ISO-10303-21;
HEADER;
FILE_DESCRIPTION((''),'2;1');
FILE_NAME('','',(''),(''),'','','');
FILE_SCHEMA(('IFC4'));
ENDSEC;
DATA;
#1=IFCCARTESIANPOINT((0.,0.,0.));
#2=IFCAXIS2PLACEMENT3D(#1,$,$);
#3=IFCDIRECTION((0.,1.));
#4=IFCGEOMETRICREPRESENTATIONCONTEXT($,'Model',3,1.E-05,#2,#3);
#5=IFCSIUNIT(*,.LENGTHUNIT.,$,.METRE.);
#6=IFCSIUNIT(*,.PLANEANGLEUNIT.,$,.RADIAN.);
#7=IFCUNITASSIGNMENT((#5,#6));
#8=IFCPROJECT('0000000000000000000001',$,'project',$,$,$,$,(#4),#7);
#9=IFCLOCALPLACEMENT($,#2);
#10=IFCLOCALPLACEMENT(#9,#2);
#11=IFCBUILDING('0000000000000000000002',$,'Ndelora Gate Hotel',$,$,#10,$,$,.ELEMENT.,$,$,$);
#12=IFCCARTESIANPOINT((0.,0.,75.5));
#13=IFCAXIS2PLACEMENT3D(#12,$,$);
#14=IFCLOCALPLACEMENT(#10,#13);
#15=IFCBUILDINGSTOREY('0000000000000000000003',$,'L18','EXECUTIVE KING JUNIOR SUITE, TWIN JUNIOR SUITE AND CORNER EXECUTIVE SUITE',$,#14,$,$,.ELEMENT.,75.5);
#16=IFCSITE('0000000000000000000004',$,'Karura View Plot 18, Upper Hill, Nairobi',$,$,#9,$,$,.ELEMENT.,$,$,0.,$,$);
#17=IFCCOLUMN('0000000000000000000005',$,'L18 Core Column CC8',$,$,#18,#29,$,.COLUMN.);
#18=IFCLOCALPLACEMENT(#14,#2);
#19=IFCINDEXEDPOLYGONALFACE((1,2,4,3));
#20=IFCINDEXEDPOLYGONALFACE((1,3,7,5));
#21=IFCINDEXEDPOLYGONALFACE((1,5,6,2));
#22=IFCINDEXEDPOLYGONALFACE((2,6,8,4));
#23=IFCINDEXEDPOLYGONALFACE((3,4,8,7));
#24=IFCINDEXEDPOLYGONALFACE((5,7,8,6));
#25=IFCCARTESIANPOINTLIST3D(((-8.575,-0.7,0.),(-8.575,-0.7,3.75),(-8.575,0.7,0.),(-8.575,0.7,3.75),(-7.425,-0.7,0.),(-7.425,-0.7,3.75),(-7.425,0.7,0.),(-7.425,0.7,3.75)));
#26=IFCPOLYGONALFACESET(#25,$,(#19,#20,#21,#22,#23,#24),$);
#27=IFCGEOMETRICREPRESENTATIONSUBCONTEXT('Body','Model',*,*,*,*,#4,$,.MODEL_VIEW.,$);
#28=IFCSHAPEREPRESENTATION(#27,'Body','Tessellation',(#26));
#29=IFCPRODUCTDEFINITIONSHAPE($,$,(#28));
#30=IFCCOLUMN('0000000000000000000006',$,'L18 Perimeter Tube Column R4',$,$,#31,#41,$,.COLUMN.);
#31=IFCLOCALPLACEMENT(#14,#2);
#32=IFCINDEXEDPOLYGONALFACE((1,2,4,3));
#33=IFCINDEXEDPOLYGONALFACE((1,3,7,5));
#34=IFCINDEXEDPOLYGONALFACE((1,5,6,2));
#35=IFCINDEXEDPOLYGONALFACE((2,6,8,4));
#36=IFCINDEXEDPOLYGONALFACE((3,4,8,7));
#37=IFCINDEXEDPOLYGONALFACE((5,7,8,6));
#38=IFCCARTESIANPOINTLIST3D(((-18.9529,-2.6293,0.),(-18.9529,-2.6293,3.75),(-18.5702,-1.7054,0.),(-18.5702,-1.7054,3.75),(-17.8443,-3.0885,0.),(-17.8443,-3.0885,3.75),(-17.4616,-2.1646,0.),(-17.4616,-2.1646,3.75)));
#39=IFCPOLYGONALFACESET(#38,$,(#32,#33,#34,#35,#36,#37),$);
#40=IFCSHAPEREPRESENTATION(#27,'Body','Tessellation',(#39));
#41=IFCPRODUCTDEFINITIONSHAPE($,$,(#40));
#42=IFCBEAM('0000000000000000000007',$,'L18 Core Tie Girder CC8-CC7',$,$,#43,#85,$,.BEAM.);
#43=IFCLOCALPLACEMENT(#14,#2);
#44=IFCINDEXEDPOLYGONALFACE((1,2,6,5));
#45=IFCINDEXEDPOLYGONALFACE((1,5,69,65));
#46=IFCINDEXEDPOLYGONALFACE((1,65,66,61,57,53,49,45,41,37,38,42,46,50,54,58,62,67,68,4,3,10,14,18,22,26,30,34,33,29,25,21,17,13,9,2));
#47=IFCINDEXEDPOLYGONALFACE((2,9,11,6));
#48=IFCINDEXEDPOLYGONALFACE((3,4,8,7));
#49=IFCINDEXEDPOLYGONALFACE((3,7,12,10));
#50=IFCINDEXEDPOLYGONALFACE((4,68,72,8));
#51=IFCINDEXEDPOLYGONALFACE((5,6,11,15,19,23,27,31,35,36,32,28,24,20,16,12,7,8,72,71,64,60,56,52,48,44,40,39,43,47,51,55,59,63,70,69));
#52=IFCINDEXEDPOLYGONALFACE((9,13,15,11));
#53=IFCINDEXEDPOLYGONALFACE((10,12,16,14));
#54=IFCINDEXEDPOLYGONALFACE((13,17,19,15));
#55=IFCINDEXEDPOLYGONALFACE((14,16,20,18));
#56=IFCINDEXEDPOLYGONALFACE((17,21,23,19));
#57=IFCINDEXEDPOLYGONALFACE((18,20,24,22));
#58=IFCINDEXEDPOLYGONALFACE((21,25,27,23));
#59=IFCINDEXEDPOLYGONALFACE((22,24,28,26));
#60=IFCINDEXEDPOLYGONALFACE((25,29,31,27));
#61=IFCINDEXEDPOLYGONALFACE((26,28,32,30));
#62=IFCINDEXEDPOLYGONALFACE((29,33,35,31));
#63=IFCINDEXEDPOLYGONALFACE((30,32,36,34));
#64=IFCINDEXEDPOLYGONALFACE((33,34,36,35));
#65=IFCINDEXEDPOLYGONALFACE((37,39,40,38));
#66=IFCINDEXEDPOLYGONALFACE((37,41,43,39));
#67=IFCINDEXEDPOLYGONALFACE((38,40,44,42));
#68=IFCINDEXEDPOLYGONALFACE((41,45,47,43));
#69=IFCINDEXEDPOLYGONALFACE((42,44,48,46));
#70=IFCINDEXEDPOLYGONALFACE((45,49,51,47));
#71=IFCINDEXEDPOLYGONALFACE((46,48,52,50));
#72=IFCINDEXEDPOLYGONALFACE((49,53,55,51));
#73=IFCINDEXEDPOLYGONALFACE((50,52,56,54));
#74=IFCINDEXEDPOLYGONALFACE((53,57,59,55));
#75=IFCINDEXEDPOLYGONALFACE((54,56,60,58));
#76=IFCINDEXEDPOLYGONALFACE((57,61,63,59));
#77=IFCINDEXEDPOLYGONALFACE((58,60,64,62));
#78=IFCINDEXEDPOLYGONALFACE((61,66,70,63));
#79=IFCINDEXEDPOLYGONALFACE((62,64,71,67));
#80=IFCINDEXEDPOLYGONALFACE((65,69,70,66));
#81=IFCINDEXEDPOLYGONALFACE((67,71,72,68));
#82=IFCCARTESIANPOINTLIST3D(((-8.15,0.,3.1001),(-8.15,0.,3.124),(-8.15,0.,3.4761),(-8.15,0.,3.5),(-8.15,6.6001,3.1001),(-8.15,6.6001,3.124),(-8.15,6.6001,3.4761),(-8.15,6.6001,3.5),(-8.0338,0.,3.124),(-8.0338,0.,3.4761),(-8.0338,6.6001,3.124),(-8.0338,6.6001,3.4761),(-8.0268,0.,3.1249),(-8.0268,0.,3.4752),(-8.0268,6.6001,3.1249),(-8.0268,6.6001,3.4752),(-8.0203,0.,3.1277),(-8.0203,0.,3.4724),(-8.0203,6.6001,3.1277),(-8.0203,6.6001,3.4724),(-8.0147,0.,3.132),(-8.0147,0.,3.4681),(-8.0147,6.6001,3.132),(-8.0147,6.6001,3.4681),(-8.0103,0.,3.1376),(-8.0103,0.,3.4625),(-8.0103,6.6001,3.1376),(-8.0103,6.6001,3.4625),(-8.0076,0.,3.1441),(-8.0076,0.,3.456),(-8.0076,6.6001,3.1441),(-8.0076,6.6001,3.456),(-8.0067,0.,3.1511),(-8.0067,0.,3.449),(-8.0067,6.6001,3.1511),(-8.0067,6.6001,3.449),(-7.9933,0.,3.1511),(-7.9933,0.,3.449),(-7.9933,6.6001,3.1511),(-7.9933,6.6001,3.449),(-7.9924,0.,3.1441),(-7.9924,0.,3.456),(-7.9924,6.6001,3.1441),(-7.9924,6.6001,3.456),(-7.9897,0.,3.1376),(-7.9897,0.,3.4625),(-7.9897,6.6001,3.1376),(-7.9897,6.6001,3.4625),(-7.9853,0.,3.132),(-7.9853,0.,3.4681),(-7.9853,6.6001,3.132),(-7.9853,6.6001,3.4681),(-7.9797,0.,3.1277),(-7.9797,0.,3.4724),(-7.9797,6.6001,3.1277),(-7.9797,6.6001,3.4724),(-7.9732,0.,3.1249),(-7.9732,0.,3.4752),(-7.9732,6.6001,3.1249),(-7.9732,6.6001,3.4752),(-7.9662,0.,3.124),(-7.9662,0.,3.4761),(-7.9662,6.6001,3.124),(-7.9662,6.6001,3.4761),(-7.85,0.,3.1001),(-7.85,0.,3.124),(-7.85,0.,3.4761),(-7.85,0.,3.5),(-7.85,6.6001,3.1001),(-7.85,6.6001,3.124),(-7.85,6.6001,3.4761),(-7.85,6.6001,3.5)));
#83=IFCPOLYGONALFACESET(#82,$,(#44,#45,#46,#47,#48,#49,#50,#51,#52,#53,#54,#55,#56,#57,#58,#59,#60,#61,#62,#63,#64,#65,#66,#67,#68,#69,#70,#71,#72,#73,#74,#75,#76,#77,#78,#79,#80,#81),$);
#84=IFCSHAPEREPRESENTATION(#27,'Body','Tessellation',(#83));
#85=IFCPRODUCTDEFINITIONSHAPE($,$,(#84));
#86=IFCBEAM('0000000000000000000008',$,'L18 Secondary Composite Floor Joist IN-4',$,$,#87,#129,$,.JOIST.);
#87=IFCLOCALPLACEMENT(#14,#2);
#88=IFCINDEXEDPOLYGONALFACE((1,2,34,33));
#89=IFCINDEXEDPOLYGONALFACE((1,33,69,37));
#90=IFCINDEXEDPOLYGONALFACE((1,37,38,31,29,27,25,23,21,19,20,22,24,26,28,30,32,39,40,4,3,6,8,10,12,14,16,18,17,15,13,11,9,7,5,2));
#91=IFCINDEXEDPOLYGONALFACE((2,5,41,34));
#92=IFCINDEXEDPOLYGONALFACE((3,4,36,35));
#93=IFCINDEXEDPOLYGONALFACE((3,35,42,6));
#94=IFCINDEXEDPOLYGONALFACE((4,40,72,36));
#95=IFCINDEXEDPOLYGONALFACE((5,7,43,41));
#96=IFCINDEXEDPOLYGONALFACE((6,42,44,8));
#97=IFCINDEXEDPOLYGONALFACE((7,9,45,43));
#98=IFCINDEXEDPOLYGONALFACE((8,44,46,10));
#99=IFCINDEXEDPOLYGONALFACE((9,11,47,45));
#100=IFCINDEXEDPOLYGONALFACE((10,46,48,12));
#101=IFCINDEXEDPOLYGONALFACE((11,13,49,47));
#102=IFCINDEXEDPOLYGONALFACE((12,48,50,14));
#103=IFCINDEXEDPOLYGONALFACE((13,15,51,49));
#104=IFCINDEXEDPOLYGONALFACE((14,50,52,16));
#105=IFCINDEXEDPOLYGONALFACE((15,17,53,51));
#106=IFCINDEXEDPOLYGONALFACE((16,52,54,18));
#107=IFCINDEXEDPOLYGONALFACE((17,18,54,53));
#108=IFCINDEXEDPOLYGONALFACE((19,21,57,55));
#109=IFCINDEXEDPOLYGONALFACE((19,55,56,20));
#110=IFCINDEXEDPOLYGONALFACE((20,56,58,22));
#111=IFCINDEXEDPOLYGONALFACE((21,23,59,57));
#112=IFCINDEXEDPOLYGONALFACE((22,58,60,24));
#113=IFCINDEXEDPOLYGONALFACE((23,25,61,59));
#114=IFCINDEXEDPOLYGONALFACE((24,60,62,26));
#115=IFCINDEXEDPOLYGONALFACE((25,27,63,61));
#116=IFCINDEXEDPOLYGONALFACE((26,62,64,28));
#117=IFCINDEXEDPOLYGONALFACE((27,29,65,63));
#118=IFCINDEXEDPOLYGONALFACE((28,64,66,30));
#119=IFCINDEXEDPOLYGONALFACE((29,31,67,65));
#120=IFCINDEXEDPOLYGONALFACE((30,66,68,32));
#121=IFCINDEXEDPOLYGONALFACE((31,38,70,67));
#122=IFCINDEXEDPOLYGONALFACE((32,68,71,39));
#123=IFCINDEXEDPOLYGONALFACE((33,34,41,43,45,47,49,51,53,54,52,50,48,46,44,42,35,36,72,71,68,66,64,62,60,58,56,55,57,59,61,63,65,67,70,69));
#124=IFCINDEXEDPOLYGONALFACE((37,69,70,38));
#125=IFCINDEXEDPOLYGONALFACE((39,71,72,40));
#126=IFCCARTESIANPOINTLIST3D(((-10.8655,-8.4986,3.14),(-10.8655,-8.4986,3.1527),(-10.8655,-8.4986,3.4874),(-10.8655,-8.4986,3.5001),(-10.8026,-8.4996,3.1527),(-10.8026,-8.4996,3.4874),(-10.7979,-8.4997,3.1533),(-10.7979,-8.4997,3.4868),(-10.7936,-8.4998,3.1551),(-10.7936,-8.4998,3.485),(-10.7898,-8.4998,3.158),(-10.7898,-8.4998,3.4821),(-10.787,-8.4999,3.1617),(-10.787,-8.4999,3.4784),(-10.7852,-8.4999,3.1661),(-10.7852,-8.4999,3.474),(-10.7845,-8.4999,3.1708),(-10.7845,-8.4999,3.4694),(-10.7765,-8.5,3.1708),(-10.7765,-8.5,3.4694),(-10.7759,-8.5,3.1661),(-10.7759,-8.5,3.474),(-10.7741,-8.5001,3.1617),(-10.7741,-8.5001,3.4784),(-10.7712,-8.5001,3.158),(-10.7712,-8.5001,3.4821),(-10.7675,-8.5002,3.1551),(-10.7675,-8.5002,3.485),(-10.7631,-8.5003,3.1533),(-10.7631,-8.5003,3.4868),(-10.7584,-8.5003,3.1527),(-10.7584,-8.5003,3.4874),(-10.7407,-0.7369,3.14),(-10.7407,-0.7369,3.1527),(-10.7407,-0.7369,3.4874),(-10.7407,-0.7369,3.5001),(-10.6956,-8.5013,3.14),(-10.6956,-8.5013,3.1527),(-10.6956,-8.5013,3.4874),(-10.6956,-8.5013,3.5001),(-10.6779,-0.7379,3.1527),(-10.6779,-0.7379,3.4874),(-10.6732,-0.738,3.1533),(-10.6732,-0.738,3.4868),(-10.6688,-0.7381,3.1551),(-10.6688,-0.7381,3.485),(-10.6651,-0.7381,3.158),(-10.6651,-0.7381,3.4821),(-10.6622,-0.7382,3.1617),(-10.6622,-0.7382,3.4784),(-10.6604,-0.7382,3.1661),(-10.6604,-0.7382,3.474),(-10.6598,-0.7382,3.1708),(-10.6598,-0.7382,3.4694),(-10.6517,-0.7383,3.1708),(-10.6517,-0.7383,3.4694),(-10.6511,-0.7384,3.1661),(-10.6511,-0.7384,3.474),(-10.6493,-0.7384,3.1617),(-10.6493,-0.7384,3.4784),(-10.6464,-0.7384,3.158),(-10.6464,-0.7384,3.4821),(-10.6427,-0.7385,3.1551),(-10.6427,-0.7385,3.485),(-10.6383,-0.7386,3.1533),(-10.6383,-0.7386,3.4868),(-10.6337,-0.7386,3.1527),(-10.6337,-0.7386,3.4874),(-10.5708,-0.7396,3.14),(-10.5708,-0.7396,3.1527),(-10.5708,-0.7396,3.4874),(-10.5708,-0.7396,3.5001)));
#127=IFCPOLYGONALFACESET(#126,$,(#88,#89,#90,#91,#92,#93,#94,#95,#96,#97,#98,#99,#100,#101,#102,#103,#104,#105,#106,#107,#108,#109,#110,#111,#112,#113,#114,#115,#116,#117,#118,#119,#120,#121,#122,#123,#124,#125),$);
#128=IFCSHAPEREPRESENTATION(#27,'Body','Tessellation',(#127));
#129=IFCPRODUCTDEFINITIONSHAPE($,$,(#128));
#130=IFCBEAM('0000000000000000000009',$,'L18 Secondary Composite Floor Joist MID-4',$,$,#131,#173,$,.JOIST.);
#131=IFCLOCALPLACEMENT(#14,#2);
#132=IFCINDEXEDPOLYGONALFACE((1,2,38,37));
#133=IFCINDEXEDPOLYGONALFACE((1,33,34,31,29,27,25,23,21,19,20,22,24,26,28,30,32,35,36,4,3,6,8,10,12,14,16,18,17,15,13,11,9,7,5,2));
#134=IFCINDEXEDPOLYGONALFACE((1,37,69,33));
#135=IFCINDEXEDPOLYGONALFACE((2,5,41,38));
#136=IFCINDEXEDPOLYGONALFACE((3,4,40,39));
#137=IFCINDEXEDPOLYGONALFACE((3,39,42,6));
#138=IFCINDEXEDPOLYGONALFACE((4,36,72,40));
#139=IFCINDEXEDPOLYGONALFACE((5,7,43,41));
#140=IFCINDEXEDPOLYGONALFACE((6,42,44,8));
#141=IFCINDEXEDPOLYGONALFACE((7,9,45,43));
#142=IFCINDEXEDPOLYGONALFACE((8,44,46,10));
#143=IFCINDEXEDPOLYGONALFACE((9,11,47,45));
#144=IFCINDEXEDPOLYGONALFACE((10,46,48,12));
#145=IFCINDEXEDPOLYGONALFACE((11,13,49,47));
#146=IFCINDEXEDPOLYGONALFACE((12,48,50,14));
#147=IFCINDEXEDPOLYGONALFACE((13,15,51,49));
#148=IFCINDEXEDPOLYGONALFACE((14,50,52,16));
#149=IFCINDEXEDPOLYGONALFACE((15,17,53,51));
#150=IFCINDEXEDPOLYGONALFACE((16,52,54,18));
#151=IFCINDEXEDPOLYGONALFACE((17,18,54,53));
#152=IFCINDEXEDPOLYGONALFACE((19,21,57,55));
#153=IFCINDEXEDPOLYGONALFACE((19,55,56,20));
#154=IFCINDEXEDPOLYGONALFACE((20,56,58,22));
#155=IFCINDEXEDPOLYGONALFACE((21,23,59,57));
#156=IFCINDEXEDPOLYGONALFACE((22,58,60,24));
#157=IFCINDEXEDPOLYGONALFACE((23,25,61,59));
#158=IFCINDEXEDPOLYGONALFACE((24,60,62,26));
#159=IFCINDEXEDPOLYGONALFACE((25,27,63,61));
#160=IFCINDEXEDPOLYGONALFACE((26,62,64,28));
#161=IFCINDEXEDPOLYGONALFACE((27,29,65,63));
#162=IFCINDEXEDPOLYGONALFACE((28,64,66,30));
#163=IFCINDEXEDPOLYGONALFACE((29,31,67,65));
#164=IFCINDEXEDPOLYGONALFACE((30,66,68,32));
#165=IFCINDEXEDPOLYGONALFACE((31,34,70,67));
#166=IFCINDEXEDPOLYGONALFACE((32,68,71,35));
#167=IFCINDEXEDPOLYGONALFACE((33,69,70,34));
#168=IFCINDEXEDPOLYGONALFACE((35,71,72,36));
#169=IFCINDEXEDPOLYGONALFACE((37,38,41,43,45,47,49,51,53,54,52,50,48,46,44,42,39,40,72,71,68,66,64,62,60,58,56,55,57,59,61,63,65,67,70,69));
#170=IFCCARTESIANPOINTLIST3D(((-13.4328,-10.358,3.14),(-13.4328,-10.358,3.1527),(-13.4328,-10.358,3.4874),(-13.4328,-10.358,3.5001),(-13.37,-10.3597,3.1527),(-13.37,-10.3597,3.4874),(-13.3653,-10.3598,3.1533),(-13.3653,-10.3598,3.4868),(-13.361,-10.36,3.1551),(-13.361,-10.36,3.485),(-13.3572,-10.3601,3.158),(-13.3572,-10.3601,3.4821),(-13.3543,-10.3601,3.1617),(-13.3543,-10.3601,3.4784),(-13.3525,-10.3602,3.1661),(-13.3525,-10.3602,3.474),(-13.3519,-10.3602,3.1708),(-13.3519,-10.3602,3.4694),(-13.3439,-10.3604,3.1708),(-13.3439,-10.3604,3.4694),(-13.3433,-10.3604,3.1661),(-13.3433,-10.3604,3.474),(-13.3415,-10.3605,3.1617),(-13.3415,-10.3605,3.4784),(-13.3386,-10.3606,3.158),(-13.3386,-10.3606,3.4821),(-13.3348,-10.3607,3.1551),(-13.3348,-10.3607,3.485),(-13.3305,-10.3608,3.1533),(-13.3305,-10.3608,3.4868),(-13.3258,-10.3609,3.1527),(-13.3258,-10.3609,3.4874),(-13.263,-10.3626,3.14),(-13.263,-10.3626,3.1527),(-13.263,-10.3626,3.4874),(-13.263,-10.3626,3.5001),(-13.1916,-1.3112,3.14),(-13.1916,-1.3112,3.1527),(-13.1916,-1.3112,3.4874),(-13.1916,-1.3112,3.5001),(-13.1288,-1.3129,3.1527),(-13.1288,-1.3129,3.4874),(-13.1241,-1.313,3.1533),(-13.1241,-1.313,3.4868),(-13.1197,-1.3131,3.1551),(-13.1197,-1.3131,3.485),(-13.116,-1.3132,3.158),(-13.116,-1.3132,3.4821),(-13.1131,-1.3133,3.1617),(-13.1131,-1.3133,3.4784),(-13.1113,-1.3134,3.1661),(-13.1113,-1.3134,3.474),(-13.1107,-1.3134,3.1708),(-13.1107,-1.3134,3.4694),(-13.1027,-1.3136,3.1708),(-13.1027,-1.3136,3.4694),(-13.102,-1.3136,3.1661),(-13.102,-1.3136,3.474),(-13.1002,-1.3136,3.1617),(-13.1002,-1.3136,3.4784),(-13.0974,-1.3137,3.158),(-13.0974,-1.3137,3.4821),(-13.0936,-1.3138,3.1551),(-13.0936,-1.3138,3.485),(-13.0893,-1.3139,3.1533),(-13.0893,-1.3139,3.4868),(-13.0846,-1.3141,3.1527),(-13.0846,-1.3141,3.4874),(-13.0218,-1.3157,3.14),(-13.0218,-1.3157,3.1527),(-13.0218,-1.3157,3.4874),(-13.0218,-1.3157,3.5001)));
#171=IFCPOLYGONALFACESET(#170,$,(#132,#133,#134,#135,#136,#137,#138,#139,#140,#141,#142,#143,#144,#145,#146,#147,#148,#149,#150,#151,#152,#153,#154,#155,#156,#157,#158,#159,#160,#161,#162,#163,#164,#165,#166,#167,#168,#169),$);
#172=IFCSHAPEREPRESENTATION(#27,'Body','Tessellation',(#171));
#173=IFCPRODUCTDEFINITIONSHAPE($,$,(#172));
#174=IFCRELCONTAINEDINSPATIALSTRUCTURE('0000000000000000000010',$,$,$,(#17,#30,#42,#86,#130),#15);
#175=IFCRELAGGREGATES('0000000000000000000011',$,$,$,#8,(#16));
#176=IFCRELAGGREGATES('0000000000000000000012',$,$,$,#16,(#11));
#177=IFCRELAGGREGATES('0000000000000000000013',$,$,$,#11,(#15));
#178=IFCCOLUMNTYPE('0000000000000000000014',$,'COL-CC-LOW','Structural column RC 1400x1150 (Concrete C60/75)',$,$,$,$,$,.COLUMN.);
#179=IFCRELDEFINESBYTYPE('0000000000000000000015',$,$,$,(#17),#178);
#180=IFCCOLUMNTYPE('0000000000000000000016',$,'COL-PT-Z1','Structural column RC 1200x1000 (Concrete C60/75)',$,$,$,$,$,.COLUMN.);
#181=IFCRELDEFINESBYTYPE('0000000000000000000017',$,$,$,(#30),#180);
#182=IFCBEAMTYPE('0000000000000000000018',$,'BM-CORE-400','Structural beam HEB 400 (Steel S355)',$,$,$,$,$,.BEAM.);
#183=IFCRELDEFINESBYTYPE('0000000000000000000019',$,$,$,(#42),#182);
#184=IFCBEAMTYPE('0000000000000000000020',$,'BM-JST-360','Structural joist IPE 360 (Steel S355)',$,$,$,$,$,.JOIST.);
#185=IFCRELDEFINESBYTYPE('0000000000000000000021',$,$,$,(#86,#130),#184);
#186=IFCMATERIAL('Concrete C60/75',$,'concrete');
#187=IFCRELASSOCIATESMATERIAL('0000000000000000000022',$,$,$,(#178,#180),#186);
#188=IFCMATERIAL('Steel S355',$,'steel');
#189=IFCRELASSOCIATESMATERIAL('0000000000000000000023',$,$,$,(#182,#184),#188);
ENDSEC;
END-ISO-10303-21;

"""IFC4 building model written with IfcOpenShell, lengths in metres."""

from ifc_helpers import new_model, si_unit, direction, frame, origin, origin_2d, place, context, subcontext, project, spatial, rectangle, i_section, extrude, material, material_profile, profile_set, type_object, element, save


model = new_model("IFC4")

# Units and contexts
model_context = context("Model", 3, precision=1e-05, world=origin(), true_north=direction((0.0, 1.0)))
body_context = subcontext(model_context, "Body", "Model", "MODEL_VIEW")
ifc_project = project(units=[si_unit("LENGTHUNIT", "METRE"), si_unit("PLANEANGLEUNIT", "RADIAN")], contexts=[model_context])

# Site, building, storey
site_placement = place(None, origin())
site = spatial("IfcSite", under=ifc_project, at=site_placement, Name="Karura View Plot 18, Upper Hill, Nairobi", CompositionType="ELEMENT", RefElevation=0.0)
building_placement = place(site_placement, origin())
building = spatial("IfcBuilding", under=site, at=building_placement, Name="Ndelora Gate Hotel", CompositionType="ELEMENT")
storey_placement = place(building_placement, frame((0.0, 0.0, 75.5)))
storey = spatial("IfcBuildingStorey", under=building, at=storey_placement, Name="L18", Description="EXECUTIVE KING JUNIOR SUITE, TWIN JUNIOR SUITE AND CORNER EXECUTIVE SUITE", CompositionType="ELEMENT", Elevation=75.5)

# Columns
ifc_material_1 = material(Name="Concrete C60/75", Category="concrete")
ifc_material_profile_1 = material_profile(ifc_material_1, rectangle(XDim=1.1499, YDim=1.3999, at=origin_2d()), Name="RC 1400x1150")
ifc_profile_set_1 = profile_set([ifc_material_profile_1], Name="Concrete C60/75")
column_type_1 = type_object("IfcColumnType", Name="COL-CC-LOW", Description="Structural column RC 1400x1150 (Concrete C60/75)", PredefinedType="COLUMN", material=ifc_profile_set_1)
column_1_placement = place(storey_placement, frame((-8.0, 0.0, 0.0), z_axis=(0.0, 0.0, 1.0), x_axis=(1.0, 0.0, 0.0)))
element("IfcColumn", 1, at=column_1_placement, inside=storey, type_object=column_type_1, Name="L18 Core Column CC8", PredefinedType="COLUMN", context=body_context, shape_type="SweptSolid", body=[
    extrude(rectangle(XDim=1.1499, YDim=1.3999, at=origin_2d()), origin(), (0.0, 0.0, 1.0), 3.75),
])
ifc_material_profile_2 = material_profile(ifc_material_1, rectangle(XDim=1.0, YDim=1.2, at=origin_2d()), Name="RC 1200x1000")
ifc_profile_set_2 = profile_set([ifc_material_profile_2], Name="Concrete C60/75")
column_type_2 = type_object("IfcColumnType", Name="COL-PT-Z1", Description="Structural column RC 1200x1000 (Concrete C60/75)", PredefinedType="COLUMN", material=ifc_profile_set_2)
column_2_placement = place(storey_placement, frame((-18.2073, -2.397, 0.0), z_axis=(0.0, 0.0, 1.0), x_axis=(0.382683, 0.92388, 0.0)))
element("IfcColumn", 2, at=column_2_placement, inside=storey, type_object=column_type_2, Name="L18 Perimeter Tube Column R4", PredefinedType="COLUMN", context=body_context, shape_type="SweptSolid", body=[
    extrude(rectangle(XDim=1.0, YDim=1.2, at=origin_2d()), origin(), (0.0, 0.0, 1.0), 3.75),
])

# Beams
ifc_material_2 = material(Name="Steel S355", Category="steel")
ifc_material_profile_3 = material_profile(ifc_material_2, i_section(OverallWidth=0.3, OverallDepth=0.3999, WebThickness=0.0134, FlangeThickness=0.0239, FilletRadius=0.0271, at=origin_2d()), Name="HEB 400")
ifc_profile_set_3 = profile_set([ifc_material_profile_3], Name="Steel S355")
beam_type_1 = type_object("IfcBeamType", Name="BM-CORE-400", Description="Structural beam HEB 400 (Steel S355)", PredefinedType="BEAM", material=ifc_profile_set_3)
beam_1_placement = place(storey_placement, frame((-8.0, 0.0, 3.3), z_axis=(0.0, 1.0, 0.0), x_axis=(-1.0, 0.0, 0.0)))
element("IfcBeam", 3, at=beam_1_placement, inside=storey, type_object=beam_type_1, Name="L18 Core Tie Girder CC8-CC7", PredefinedType="BEAM", context=body_context, shape_type="SweptSolid", body=[
    extrude(i_section(OverallWidth=0.3, OverallDepth=0.3999, WebThickness=0.0134, FlangeThickness=0.0239, FilletRadius=0.0271, at=origin_2d()), origin(), (0.0, 0.0, 1.0), 6.6001),
])
ifc_material_profile_4 = material_profile(ifc_material_2, i_section(OverallWidth=0.1699, OverallDepth=0.3601, WebThickness=0.0081, FlangeThickness=0.0127, FilletRadius=0.0181, at=origin_2d()), Name="IPE 360")
ifc_profile_set_4 = profile_set([ifc_material_profile_4], Name="Steel S355")
beam_type_2 = type_object("IfcBeamType", Name="BM-JST-360", Description="Structural joist IPE 360 (Steel S355)", PredefinedType="JOIST", material=ifc_profile_set_4)
beam_2_placement = place(storey_placement, frame((-10.6558, -0.7383, 3.3201), z_axis=(-0.016071, -0.999871, 0.0), x_axis=(0.999871, -0.016071, 0.0)))
element("IfcBeam", 4, at=beam_2_placement, inside=storey, type_object=beam_type_2, Name="L18 Secondary Composite Floor Joist IN-4", PredefinedType="JOIST", context=body_context, shape_type="SweptSolid", body=[
    extrude(i_section(OverallWidth=0.1699, OverallDepth=0.3601, WebThickness=0.0081, FlangeThickness=0.0127, FilletRadius=0.0181, at=origin_2d()), origin(), (0.0, 0.0, 1.0), 7.7627),
])
beam_3_placement = place(storey_placement, frame((-13.1067, -1.3135, 3.3201), z_axis=(-0.026653, -0.999645, 0.0), x_axis=(0.999645, -0.026653, 0.0)))
element("IfcBeam", 5, at=beam_3_placement, inside=storey, type_object=beam_type_2, Name="L18 Secondary Composite Floor Joist MID-4", PredefinedType="JOIST", context=body_context, shape_type="SweptSolid", body=[
    extrude(i_section(OverallWidth=0.1699, OverallDepth=0.3601, WebThickness=0.0081, FlangeThickness=0.0127, FilletRadius=0.0181, at=origin_2d()), origin(), (0.0, 0.0, 1.0), 9.05),
])

save(model, "model.ifc")
